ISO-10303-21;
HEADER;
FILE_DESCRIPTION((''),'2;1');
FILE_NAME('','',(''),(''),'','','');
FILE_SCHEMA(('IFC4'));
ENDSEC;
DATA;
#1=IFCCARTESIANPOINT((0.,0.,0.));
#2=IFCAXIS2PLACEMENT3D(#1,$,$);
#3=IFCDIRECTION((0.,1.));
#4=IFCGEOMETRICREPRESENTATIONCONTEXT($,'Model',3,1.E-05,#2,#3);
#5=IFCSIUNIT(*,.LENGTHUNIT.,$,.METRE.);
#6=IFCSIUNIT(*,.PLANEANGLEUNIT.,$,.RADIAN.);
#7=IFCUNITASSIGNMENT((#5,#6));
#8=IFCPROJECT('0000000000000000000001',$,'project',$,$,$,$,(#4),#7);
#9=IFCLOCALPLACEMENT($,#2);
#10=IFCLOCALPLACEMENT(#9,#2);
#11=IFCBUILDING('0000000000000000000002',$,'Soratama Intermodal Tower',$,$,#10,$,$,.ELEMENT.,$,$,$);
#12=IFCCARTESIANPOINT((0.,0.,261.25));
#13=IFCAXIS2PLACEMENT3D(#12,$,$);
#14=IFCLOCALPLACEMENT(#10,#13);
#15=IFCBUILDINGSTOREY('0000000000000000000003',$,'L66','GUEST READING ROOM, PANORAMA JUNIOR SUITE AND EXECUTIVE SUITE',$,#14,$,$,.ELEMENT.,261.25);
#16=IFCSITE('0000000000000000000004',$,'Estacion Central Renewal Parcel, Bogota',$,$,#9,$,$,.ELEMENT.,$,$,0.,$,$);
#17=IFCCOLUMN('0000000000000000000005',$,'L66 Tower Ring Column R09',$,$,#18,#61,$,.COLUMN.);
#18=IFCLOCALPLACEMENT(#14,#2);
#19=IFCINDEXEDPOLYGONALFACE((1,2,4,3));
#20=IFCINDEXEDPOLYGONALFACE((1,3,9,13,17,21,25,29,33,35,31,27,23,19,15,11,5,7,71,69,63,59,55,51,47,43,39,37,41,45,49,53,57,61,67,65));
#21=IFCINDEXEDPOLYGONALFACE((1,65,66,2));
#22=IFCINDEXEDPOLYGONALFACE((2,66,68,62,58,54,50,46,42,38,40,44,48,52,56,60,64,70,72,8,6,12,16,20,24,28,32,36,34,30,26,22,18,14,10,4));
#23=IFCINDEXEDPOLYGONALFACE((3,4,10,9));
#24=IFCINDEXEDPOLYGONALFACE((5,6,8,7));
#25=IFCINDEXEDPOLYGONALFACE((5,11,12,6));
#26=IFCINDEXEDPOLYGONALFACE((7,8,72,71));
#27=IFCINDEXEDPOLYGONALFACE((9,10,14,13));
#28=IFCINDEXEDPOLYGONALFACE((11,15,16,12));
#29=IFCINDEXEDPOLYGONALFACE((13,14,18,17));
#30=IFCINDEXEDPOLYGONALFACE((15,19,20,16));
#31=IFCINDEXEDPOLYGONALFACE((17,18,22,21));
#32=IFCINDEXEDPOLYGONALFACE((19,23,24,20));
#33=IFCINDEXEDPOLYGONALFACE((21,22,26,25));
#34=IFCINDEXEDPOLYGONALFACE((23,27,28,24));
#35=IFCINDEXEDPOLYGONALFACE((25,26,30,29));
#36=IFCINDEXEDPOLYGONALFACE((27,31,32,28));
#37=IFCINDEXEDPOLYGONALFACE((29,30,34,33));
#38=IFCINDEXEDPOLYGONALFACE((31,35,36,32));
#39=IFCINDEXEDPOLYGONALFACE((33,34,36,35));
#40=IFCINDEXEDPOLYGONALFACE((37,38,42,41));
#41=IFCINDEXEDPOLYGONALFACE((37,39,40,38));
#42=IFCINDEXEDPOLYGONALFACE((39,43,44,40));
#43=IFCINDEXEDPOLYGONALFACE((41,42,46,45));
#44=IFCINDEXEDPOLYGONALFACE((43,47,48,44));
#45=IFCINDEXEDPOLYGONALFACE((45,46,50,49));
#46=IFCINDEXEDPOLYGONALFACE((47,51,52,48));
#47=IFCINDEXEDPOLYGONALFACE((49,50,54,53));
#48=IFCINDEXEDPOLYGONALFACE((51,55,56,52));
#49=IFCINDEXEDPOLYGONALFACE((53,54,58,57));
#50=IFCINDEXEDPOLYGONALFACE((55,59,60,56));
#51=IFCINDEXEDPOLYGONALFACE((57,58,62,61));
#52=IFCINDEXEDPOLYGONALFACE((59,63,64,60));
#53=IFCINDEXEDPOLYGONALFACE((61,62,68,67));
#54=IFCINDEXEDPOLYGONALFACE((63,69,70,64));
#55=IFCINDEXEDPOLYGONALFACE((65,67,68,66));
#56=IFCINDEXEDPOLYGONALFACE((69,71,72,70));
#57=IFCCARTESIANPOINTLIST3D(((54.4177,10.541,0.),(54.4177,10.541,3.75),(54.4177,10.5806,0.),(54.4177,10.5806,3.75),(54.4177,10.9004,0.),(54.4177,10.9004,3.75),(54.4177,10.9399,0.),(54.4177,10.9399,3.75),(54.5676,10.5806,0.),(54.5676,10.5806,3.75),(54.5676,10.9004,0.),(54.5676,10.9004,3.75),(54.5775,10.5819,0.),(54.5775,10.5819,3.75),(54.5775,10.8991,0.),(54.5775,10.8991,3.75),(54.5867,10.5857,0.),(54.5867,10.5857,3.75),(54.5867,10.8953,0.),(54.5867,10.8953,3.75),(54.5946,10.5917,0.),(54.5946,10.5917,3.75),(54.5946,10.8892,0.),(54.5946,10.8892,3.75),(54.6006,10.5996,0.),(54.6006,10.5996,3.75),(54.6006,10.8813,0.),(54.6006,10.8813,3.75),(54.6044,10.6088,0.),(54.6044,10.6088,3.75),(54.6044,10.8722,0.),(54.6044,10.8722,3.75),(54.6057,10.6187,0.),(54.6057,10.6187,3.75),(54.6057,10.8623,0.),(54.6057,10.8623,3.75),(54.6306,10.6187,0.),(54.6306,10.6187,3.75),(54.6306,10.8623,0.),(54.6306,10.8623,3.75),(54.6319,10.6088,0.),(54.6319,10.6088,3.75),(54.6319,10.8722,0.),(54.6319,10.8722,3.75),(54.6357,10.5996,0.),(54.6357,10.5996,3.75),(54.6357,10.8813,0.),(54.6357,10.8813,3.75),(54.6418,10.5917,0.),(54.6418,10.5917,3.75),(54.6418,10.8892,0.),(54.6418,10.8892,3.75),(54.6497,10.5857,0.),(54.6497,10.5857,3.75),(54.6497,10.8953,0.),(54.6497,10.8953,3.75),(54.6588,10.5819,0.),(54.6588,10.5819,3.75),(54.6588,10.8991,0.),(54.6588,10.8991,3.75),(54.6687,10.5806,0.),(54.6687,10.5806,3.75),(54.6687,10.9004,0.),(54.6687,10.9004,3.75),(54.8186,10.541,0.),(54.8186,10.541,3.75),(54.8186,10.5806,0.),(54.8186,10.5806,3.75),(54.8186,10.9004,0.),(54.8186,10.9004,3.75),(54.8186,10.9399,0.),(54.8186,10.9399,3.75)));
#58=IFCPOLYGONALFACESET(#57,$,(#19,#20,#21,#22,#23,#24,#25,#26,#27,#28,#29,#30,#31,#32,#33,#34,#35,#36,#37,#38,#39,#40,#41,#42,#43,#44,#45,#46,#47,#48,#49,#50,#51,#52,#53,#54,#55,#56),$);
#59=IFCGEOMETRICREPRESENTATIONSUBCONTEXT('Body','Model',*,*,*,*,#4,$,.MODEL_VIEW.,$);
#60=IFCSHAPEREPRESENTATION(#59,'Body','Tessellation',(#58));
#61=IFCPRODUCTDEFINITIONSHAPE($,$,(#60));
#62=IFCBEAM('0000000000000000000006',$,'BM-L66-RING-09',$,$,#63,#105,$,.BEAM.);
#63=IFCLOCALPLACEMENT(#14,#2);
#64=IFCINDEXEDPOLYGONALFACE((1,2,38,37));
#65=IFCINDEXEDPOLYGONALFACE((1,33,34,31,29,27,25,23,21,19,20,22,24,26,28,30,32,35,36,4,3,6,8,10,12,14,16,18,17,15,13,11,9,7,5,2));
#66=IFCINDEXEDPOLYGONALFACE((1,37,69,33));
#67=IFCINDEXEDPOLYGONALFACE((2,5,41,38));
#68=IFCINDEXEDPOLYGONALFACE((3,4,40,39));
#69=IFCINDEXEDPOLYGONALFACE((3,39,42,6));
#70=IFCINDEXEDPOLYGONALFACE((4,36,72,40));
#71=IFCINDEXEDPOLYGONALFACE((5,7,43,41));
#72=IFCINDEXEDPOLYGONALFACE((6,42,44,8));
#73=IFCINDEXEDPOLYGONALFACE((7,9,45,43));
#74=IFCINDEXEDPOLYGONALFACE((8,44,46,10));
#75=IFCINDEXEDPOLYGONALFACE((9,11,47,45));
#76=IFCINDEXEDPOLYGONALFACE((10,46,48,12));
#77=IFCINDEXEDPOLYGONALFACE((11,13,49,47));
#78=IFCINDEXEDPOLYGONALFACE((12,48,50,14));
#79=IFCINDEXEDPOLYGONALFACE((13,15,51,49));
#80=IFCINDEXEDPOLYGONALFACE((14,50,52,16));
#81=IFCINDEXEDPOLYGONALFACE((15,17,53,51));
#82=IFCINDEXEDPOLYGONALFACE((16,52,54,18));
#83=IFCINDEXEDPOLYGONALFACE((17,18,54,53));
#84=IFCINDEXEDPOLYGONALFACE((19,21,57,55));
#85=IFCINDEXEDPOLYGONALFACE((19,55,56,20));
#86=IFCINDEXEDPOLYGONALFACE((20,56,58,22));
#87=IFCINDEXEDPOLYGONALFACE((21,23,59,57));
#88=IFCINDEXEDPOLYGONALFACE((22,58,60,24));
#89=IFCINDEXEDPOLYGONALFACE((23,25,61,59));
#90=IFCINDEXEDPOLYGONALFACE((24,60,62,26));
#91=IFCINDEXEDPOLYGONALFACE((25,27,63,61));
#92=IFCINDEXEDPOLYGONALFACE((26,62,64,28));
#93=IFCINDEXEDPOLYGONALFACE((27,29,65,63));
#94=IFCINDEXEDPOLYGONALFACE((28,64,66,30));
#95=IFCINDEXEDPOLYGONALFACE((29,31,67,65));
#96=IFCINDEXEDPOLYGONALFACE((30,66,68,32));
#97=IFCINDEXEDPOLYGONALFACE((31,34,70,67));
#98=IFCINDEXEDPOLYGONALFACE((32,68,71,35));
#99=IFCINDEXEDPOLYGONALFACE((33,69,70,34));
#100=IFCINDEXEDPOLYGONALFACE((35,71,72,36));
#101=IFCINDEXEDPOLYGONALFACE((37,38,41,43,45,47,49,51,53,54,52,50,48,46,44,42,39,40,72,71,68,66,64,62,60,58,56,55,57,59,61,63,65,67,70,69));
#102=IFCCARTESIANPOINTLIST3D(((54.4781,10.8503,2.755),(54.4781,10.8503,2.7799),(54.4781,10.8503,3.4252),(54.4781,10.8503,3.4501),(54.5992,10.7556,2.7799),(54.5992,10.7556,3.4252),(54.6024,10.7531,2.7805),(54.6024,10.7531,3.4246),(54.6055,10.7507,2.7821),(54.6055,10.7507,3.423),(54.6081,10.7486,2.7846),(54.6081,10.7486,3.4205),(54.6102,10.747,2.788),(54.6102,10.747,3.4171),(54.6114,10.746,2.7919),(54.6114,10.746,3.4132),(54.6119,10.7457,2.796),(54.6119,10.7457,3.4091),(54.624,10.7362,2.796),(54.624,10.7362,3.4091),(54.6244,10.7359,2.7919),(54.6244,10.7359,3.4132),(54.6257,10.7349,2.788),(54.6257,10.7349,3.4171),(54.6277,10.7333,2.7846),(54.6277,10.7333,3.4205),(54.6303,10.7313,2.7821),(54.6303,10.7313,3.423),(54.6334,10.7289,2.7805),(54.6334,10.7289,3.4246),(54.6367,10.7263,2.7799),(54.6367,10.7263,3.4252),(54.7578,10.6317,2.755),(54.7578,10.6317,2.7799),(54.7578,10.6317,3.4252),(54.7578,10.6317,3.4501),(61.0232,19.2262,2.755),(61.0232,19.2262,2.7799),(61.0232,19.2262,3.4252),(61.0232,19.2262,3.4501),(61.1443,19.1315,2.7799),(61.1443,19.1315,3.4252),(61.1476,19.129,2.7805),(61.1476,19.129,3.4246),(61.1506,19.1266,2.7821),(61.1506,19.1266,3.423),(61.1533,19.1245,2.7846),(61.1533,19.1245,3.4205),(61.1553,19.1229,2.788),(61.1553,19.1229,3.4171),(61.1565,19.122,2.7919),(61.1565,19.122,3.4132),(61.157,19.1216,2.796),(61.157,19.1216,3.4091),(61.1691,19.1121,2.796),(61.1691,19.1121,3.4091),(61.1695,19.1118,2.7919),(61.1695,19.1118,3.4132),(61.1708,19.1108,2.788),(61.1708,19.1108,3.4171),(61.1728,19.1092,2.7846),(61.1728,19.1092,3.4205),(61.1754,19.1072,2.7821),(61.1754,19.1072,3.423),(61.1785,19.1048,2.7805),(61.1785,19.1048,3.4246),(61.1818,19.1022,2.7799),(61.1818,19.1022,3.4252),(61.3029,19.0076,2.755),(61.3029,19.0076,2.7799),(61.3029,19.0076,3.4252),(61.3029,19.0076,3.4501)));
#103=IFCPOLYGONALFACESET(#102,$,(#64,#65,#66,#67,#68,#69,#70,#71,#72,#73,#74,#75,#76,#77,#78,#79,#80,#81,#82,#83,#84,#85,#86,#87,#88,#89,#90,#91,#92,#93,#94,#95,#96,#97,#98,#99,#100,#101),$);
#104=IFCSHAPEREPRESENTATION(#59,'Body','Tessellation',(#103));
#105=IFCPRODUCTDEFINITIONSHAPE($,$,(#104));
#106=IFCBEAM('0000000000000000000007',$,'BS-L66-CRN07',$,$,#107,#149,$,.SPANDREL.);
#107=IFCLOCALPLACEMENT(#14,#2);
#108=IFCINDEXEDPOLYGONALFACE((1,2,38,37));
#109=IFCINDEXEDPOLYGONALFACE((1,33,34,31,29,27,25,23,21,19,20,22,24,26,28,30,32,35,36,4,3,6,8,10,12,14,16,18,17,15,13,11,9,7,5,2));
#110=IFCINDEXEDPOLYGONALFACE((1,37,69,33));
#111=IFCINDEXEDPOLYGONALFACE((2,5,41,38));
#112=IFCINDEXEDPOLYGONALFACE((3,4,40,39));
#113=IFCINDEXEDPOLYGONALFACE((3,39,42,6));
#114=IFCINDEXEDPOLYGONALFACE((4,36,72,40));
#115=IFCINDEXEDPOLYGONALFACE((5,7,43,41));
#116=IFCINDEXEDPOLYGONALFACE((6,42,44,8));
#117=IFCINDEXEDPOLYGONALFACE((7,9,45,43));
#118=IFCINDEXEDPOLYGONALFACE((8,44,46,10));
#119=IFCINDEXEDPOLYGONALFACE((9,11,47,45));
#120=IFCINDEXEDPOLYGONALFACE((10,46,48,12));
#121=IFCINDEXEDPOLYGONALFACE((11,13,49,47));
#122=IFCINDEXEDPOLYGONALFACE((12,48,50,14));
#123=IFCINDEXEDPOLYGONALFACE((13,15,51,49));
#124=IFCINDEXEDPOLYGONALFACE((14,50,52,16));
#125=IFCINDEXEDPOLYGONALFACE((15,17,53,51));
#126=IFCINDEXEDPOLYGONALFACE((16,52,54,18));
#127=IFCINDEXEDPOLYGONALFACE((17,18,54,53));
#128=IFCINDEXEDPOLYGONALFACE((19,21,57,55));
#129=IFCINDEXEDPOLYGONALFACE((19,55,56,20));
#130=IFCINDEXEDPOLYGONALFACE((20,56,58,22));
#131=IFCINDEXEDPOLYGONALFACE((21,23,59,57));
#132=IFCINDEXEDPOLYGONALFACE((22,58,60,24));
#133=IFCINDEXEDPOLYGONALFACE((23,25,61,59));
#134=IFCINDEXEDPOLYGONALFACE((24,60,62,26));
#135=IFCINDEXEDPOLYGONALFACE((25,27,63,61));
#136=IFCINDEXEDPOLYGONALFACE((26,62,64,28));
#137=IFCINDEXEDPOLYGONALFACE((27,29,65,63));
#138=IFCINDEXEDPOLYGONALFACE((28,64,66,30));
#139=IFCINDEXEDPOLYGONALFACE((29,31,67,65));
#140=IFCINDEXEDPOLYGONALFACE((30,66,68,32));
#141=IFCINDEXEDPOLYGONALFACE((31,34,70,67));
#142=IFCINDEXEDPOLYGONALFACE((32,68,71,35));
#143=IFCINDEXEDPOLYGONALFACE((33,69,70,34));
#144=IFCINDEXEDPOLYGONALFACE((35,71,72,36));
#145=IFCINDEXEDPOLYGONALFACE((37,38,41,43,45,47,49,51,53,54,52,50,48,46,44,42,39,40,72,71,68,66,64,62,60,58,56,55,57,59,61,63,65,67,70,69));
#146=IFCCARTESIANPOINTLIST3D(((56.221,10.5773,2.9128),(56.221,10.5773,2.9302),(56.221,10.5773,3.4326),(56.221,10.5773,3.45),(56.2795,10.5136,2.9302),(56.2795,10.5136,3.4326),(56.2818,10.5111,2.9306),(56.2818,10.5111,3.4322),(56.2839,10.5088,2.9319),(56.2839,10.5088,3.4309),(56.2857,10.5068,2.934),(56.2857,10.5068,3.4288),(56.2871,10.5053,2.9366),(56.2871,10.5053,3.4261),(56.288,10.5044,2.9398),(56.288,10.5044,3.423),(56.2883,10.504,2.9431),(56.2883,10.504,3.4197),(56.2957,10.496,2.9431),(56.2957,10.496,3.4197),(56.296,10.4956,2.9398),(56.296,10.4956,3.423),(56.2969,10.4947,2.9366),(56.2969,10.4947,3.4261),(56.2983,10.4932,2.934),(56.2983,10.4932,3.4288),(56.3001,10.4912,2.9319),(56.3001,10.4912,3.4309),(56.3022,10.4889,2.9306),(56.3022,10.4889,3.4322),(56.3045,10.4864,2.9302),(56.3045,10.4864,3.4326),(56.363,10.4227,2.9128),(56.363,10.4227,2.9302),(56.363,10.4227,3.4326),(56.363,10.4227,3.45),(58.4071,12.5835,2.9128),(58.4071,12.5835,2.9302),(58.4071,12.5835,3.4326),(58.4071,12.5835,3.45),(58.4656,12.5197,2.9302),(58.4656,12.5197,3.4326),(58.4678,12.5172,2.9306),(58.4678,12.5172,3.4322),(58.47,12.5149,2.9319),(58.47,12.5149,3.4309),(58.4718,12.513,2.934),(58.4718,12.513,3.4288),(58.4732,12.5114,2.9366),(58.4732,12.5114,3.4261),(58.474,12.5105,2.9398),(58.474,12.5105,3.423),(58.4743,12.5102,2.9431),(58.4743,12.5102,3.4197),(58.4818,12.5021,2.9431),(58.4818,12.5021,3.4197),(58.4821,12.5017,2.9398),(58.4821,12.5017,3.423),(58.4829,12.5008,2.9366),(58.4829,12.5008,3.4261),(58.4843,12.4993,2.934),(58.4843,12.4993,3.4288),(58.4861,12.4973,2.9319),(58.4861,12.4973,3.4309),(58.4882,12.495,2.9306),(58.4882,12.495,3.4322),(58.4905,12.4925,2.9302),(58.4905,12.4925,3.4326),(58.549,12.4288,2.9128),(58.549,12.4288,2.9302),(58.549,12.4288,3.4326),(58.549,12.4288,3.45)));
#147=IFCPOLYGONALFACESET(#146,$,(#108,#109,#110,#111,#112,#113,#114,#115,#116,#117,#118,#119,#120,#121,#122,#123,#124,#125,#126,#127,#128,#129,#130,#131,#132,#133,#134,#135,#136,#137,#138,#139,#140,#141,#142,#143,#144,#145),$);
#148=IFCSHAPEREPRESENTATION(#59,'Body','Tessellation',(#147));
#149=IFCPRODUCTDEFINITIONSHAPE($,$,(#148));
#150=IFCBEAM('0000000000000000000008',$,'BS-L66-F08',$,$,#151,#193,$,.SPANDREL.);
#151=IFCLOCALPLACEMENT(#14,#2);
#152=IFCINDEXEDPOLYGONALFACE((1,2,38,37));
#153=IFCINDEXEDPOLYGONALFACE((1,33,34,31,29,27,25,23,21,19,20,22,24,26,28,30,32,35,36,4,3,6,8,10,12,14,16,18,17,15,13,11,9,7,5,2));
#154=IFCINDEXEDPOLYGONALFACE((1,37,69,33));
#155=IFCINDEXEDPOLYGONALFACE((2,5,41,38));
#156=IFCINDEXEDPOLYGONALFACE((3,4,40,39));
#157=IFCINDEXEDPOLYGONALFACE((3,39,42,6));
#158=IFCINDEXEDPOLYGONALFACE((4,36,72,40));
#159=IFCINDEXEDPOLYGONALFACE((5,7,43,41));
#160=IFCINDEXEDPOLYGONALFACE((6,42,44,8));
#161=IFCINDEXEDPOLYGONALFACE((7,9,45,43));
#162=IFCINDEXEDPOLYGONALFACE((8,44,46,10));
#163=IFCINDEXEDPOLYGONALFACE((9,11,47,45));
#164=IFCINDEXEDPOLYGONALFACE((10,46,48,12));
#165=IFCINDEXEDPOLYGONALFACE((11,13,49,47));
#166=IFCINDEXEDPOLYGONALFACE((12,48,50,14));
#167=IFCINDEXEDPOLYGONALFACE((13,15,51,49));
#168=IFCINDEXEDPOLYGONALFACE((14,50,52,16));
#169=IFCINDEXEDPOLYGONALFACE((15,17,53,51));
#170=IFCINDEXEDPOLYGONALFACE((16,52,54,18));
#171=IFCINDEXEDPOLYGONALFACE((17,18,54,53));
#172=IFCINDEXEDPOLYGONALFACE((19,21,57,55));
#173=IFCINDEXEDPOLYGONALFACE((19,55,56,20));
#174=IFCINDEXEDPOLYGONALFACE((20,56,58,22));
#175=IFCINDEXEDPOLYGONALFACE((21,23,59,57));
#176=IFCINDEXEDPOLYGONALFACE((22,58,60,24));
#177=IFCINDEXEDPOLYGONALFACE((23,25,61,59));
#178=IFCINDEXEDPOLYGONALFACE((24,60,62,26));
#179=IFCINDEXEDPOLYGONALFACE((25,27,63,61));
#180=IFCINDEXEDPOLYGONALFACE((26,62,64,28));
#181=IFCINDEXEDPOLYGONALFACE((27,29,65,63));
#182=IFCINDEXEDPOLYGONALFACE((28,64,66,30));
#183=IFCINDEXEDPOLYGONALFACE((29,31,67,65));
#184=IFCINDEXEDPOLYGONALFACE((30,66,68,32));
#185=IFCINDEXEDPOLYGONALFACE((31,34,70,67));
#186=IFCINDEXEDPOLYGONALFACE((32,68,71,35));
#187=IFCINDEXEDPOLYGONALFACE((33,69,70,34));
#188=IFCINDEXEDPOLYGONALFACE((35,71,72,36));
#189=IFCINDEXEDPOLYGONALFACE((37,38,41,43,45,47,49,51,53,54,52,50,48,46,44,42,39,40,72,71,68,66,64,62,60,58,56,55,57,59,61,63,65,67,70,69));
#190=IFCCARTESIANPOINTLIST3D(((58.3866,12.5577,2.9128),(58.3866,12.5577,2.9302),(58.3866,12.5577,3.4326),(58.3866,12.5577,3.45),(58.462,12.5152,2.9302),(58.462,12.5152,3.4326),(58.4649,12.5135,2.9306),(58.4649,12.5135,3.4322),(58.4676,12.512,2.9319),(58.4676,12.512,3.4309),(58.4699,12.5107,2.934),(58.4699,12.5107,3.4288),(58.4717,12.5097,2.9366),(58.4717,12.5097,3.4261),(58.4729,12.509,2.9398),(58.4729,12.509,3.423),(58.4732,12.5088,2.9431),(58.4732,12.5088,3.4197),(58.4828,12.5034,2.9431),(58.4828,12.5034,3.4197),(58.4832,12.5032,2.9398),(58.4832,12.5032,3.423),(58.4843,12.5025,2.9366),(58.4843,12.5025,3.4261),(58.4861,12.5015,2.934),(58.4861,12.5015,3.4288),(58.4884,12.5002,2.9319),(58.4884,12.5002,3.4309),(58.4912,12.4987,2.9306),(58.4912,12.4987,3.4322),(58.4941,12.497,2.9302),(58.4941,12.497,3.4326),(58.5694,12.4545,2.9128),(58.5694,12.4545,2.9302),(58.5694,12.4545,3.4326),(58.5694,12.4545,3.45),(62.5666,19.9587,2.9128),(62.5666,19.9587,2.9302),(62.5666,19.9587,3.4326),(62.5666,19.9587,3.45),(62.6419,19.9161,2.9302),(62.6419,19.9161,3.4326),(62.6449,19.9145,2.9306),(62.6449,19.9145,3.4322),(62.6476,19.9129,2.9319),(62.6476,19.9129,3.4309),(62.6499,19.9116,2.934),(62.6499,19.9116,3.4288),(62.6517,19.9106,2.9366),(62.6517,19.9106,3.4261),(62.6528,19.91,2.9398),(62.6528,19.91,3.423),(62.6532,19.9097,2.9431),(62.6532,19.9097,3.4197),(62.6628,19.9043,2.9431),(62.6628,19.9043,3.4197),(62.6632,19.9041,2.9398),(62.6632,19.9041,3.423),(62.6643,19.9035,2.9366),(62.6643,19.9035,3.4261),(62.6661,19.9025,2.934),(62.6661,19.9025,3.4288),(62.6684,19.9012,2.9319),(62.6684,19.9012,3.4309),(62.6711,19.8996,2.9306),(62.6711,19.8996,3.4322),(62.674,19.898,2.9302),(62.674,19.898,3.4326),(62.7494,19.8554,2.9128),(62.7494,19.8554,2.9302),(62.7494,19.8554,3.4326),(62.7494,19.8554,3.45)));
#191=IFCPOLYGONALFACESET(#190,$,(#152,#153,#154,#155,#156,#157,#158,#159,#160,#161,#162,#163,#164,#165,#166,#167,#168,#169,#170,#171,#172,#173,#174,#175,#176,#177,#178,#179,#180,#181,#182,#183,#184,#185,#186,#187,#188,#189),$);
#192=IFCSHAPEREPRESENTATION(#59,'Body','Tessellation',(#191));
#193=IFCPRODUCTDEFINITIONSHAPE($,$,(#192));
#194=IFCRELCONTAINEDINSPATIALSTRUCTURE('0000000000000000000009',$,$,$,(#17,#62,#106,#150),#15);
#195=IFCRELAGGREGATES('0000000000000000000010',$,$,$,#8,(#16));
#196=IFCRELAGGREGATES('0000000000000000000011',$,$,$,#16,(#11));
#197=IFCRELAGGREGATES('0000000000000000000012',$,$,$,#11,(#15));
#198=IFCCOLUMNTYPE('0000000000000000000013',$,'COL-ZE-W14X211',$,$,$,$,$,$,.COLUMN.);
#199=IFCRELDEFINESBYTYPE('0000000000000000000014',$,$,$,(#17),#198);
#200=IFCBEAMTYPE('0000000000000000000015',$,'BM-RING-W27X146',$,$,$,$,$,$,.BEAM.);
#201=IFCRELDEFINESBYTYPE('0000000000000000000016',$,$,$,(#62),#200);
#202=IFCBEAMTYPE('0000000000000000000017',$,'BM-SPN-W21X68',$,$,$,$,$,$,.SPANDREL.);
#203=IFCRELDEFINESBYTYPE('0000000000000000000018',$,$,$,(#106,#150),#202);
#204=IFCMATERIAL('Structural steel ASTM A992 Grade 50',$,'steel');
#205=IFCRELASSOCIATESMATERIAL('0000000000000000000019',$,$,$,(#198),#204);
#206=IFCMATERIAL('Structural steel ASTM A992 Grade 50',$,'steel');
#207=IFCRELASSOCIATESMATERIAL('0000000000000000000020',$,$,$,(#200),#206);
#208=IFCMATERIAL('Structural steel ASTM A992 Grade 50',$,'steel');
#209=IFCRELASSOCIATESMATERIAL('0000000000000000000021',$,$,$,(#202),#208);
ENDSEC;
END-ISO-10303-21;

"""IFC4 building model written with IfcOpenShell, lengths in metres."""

from ifc_helpers import new_model, si_unit, direction, frame, origin, origin_2d, place, context, subcontext, project, spatial, i_section, extrude, material, material_profile, profile_set, type_object, element, save


model = new_model("IFC4")

# Units and contexts
model_context = context("Model", 3, precision=1e-05, world=origin(), true_north=direction((0.0, 1.0)))
body_context = subcontext(model_context, "Body", "Model", "MODEL_VIEW")
ifc_project = project(units=[si_unit("LENGTHUNIT", "METRE"), si_unit("PLANEANGLEUNIT", "RADIAN")], contexts=[model_context])

# Site, building, storey
site_placement = place(None, origin())
site = spatial("IfcSite", under=ifc_project, at=site_placement, Name="Estacion Central Renewal Parcel, Bogota", CompositionType="ELEMENT", RefElevation=0.0)
building_placement = place(site_placement, origin())
building = spatial("IfcBuilding", under=site, at=building_placement, Name="Soratama Intermodal Tower", CompositionType="ELEMENT")
storey_placement = place(building_placement, frame((0.0, 0.0, 261.25)))
storey = spatial("IfcBuildingStorey", under=building, at=storey_placement, Name="L66", Description="GUEST READING ROOM, PANORAMA JUNIOR SUITE AND EXECUTIVE SUITE", CompositionType="ELEMENT", Elevation=261.25)

# Column
ifc_material_1 = material(Name="Structural steel ASTM A992 Grade 50", Category="steel")
ifc_material_profile_1 = material_profile(ifc_material_1, i_section(OverallWidth=0.4009, OverallDepth=0.3989, WebThickness=0.0249, FlangeThickness=0.0396, FilletRadius=0.0381, at=origin_2d()), Name="W14X211")
ifc_profile_set_1 = profile_set([ifc_material_profile_1], Name="Structural steel ASTM A992 Grade 50")
column_type = type_object("IfcColumnType", Name="COL-ZE-W14X211", PredefinedType="COLUMN", material=ifc_profile_set_1)
column_placement = place(storey_placement, frame((54.6182, 10.7405, 0.0), z_axis=(0.0, 0.0, 1.0), x_axis=(1.0, 0.0, 0.0)))
element("IfcColumn", 1, at=column_placement, inside=storey, type_object=column_type, Name="L66 Tower Ring Column R09", PredefinedType="COLUMN", context=body_context, shape_type="SweptSolid", body=[
    extrude(i_section(OverallWidth=0.4009, OverallDepth=0.3989, WebThickness=0.0249, FlangeThickness=0.0396, FilletRadius=0.0381, at=origin_2d()), origin(), (0.0, 0.0, 1.0), 3.75),
])

# Beams
ifc_material_2 = material(Name="Structural steel ASTM A992 Grade 50", Category="steel")
ifc_material_profile_2 = material_profile(ifc_material_2, i_section(OverallWidth=0.355, OverallDepth=0.6951, WebThickness=0.0154, FlangeThickness=0.0249, FilletRadius=0.0161, at=origin_2d()), Name="W27X146")
ifc_profile_set_2 = profile_set([ifc_material_profile_2], Name="Structural steel ASTM A992 Grade 50")
beam_type_1 = type_object("IfcBeamType", Name="BM-RING-W27X146", PredefinedType="BEAM", material=ifc_profile_set_2)
beam_1_placement = place(storey_placement, frame((54.6179, 10.741, 3.1025), z_axis=(0.615728, 0.787959, 0.0), x_axis=(-0.787959, 0.615728, 0.0)))
element("IfcBeam", 2, at=beam_1_placement, inside=storey, type_object=beam_type_1, Name="BM-L66-RING-09", PredefinedType="BEAM", context=body_context, shape_type="SweptSolid", body=[
    extrude(i_section(OverallWidth=0.355, OverallDepth=0.6951, WebThickness=0.0154, FlangeThickness=0.0249, FilletRadius=0.0161, at=origin_2d()), origin(), (0.0, 0.0, 1.0), 10.6299),
])
ifc_material_3 = material(Name="Structural steel ASTM A992 Grade 50", Category="steel")
ifc_material_profile_3 = material_profile(ifc_material_3, i_section(OverallWidth=0.21, OverallDepth=0.5371, WebThickness=0.011, FlangeThickness=0.0173, FilletRadius=0.0129, at=origin_2d()), Name="W21X68")
ifc_profile_set_3 = profile_set([ifc_material_profile_3], Name="Structural steel ASTM A992 Grade 50")
beam_type_2 = type_object("IfcBeamType", Name="BM-SPN-W21X68", PredefinedType="SPANDREL", material=ifc_profile_set_3)
beam_2_placement = place(storey_placement, frame((56.292, 10.5, 3.1814), z_axis=(0.736778, 0.676134, 0.0), x_axis=(-0.676134, 0.736778, 0.0)))
element("IfcBeam", 3, at=beam_2_placement, inside=storey, type_object=beam_type_2, Name="BS-L66-CRN07", PredefinedType="SPANDREL", context=body_context, shape_type="SweptSolid", body=[
    extrude(i_section(OverallWidth=0.21, OverallDepth=0.5371, WebThickness=0.011, FlangeThickness=0.0173, FilletRadius=0.0129, at=origin_2d()), origin(), (0.0, 0.0, 1.0), 2.967),
])
beam_3_placement = place(storey_placement, frame((58.478, 12.5061, 3.1814), z_axis=(0.491774, 0.870723, 0.0), x_axis=(-0.870723, 0.491774, 0.0)))
element("IfcBeam", 4, at=beam_3_placement, inside=storey, type_object=beam_type_2, Name="BS-L66-F08", PredefinedType="SPANDREL", context=body_context, shape_type="SweptSolid", body=[
    extrude(i_section(OverallWidth=0.21, OverallDepth=0.5371, WebThickness=0.011, FlangeThickness=0.0173, FilletRadius=0.0129, at=origin_2d()), origin(), (0.0, 0.0, 1.0), 8.4998),
])

save(model, "model.ifc")
